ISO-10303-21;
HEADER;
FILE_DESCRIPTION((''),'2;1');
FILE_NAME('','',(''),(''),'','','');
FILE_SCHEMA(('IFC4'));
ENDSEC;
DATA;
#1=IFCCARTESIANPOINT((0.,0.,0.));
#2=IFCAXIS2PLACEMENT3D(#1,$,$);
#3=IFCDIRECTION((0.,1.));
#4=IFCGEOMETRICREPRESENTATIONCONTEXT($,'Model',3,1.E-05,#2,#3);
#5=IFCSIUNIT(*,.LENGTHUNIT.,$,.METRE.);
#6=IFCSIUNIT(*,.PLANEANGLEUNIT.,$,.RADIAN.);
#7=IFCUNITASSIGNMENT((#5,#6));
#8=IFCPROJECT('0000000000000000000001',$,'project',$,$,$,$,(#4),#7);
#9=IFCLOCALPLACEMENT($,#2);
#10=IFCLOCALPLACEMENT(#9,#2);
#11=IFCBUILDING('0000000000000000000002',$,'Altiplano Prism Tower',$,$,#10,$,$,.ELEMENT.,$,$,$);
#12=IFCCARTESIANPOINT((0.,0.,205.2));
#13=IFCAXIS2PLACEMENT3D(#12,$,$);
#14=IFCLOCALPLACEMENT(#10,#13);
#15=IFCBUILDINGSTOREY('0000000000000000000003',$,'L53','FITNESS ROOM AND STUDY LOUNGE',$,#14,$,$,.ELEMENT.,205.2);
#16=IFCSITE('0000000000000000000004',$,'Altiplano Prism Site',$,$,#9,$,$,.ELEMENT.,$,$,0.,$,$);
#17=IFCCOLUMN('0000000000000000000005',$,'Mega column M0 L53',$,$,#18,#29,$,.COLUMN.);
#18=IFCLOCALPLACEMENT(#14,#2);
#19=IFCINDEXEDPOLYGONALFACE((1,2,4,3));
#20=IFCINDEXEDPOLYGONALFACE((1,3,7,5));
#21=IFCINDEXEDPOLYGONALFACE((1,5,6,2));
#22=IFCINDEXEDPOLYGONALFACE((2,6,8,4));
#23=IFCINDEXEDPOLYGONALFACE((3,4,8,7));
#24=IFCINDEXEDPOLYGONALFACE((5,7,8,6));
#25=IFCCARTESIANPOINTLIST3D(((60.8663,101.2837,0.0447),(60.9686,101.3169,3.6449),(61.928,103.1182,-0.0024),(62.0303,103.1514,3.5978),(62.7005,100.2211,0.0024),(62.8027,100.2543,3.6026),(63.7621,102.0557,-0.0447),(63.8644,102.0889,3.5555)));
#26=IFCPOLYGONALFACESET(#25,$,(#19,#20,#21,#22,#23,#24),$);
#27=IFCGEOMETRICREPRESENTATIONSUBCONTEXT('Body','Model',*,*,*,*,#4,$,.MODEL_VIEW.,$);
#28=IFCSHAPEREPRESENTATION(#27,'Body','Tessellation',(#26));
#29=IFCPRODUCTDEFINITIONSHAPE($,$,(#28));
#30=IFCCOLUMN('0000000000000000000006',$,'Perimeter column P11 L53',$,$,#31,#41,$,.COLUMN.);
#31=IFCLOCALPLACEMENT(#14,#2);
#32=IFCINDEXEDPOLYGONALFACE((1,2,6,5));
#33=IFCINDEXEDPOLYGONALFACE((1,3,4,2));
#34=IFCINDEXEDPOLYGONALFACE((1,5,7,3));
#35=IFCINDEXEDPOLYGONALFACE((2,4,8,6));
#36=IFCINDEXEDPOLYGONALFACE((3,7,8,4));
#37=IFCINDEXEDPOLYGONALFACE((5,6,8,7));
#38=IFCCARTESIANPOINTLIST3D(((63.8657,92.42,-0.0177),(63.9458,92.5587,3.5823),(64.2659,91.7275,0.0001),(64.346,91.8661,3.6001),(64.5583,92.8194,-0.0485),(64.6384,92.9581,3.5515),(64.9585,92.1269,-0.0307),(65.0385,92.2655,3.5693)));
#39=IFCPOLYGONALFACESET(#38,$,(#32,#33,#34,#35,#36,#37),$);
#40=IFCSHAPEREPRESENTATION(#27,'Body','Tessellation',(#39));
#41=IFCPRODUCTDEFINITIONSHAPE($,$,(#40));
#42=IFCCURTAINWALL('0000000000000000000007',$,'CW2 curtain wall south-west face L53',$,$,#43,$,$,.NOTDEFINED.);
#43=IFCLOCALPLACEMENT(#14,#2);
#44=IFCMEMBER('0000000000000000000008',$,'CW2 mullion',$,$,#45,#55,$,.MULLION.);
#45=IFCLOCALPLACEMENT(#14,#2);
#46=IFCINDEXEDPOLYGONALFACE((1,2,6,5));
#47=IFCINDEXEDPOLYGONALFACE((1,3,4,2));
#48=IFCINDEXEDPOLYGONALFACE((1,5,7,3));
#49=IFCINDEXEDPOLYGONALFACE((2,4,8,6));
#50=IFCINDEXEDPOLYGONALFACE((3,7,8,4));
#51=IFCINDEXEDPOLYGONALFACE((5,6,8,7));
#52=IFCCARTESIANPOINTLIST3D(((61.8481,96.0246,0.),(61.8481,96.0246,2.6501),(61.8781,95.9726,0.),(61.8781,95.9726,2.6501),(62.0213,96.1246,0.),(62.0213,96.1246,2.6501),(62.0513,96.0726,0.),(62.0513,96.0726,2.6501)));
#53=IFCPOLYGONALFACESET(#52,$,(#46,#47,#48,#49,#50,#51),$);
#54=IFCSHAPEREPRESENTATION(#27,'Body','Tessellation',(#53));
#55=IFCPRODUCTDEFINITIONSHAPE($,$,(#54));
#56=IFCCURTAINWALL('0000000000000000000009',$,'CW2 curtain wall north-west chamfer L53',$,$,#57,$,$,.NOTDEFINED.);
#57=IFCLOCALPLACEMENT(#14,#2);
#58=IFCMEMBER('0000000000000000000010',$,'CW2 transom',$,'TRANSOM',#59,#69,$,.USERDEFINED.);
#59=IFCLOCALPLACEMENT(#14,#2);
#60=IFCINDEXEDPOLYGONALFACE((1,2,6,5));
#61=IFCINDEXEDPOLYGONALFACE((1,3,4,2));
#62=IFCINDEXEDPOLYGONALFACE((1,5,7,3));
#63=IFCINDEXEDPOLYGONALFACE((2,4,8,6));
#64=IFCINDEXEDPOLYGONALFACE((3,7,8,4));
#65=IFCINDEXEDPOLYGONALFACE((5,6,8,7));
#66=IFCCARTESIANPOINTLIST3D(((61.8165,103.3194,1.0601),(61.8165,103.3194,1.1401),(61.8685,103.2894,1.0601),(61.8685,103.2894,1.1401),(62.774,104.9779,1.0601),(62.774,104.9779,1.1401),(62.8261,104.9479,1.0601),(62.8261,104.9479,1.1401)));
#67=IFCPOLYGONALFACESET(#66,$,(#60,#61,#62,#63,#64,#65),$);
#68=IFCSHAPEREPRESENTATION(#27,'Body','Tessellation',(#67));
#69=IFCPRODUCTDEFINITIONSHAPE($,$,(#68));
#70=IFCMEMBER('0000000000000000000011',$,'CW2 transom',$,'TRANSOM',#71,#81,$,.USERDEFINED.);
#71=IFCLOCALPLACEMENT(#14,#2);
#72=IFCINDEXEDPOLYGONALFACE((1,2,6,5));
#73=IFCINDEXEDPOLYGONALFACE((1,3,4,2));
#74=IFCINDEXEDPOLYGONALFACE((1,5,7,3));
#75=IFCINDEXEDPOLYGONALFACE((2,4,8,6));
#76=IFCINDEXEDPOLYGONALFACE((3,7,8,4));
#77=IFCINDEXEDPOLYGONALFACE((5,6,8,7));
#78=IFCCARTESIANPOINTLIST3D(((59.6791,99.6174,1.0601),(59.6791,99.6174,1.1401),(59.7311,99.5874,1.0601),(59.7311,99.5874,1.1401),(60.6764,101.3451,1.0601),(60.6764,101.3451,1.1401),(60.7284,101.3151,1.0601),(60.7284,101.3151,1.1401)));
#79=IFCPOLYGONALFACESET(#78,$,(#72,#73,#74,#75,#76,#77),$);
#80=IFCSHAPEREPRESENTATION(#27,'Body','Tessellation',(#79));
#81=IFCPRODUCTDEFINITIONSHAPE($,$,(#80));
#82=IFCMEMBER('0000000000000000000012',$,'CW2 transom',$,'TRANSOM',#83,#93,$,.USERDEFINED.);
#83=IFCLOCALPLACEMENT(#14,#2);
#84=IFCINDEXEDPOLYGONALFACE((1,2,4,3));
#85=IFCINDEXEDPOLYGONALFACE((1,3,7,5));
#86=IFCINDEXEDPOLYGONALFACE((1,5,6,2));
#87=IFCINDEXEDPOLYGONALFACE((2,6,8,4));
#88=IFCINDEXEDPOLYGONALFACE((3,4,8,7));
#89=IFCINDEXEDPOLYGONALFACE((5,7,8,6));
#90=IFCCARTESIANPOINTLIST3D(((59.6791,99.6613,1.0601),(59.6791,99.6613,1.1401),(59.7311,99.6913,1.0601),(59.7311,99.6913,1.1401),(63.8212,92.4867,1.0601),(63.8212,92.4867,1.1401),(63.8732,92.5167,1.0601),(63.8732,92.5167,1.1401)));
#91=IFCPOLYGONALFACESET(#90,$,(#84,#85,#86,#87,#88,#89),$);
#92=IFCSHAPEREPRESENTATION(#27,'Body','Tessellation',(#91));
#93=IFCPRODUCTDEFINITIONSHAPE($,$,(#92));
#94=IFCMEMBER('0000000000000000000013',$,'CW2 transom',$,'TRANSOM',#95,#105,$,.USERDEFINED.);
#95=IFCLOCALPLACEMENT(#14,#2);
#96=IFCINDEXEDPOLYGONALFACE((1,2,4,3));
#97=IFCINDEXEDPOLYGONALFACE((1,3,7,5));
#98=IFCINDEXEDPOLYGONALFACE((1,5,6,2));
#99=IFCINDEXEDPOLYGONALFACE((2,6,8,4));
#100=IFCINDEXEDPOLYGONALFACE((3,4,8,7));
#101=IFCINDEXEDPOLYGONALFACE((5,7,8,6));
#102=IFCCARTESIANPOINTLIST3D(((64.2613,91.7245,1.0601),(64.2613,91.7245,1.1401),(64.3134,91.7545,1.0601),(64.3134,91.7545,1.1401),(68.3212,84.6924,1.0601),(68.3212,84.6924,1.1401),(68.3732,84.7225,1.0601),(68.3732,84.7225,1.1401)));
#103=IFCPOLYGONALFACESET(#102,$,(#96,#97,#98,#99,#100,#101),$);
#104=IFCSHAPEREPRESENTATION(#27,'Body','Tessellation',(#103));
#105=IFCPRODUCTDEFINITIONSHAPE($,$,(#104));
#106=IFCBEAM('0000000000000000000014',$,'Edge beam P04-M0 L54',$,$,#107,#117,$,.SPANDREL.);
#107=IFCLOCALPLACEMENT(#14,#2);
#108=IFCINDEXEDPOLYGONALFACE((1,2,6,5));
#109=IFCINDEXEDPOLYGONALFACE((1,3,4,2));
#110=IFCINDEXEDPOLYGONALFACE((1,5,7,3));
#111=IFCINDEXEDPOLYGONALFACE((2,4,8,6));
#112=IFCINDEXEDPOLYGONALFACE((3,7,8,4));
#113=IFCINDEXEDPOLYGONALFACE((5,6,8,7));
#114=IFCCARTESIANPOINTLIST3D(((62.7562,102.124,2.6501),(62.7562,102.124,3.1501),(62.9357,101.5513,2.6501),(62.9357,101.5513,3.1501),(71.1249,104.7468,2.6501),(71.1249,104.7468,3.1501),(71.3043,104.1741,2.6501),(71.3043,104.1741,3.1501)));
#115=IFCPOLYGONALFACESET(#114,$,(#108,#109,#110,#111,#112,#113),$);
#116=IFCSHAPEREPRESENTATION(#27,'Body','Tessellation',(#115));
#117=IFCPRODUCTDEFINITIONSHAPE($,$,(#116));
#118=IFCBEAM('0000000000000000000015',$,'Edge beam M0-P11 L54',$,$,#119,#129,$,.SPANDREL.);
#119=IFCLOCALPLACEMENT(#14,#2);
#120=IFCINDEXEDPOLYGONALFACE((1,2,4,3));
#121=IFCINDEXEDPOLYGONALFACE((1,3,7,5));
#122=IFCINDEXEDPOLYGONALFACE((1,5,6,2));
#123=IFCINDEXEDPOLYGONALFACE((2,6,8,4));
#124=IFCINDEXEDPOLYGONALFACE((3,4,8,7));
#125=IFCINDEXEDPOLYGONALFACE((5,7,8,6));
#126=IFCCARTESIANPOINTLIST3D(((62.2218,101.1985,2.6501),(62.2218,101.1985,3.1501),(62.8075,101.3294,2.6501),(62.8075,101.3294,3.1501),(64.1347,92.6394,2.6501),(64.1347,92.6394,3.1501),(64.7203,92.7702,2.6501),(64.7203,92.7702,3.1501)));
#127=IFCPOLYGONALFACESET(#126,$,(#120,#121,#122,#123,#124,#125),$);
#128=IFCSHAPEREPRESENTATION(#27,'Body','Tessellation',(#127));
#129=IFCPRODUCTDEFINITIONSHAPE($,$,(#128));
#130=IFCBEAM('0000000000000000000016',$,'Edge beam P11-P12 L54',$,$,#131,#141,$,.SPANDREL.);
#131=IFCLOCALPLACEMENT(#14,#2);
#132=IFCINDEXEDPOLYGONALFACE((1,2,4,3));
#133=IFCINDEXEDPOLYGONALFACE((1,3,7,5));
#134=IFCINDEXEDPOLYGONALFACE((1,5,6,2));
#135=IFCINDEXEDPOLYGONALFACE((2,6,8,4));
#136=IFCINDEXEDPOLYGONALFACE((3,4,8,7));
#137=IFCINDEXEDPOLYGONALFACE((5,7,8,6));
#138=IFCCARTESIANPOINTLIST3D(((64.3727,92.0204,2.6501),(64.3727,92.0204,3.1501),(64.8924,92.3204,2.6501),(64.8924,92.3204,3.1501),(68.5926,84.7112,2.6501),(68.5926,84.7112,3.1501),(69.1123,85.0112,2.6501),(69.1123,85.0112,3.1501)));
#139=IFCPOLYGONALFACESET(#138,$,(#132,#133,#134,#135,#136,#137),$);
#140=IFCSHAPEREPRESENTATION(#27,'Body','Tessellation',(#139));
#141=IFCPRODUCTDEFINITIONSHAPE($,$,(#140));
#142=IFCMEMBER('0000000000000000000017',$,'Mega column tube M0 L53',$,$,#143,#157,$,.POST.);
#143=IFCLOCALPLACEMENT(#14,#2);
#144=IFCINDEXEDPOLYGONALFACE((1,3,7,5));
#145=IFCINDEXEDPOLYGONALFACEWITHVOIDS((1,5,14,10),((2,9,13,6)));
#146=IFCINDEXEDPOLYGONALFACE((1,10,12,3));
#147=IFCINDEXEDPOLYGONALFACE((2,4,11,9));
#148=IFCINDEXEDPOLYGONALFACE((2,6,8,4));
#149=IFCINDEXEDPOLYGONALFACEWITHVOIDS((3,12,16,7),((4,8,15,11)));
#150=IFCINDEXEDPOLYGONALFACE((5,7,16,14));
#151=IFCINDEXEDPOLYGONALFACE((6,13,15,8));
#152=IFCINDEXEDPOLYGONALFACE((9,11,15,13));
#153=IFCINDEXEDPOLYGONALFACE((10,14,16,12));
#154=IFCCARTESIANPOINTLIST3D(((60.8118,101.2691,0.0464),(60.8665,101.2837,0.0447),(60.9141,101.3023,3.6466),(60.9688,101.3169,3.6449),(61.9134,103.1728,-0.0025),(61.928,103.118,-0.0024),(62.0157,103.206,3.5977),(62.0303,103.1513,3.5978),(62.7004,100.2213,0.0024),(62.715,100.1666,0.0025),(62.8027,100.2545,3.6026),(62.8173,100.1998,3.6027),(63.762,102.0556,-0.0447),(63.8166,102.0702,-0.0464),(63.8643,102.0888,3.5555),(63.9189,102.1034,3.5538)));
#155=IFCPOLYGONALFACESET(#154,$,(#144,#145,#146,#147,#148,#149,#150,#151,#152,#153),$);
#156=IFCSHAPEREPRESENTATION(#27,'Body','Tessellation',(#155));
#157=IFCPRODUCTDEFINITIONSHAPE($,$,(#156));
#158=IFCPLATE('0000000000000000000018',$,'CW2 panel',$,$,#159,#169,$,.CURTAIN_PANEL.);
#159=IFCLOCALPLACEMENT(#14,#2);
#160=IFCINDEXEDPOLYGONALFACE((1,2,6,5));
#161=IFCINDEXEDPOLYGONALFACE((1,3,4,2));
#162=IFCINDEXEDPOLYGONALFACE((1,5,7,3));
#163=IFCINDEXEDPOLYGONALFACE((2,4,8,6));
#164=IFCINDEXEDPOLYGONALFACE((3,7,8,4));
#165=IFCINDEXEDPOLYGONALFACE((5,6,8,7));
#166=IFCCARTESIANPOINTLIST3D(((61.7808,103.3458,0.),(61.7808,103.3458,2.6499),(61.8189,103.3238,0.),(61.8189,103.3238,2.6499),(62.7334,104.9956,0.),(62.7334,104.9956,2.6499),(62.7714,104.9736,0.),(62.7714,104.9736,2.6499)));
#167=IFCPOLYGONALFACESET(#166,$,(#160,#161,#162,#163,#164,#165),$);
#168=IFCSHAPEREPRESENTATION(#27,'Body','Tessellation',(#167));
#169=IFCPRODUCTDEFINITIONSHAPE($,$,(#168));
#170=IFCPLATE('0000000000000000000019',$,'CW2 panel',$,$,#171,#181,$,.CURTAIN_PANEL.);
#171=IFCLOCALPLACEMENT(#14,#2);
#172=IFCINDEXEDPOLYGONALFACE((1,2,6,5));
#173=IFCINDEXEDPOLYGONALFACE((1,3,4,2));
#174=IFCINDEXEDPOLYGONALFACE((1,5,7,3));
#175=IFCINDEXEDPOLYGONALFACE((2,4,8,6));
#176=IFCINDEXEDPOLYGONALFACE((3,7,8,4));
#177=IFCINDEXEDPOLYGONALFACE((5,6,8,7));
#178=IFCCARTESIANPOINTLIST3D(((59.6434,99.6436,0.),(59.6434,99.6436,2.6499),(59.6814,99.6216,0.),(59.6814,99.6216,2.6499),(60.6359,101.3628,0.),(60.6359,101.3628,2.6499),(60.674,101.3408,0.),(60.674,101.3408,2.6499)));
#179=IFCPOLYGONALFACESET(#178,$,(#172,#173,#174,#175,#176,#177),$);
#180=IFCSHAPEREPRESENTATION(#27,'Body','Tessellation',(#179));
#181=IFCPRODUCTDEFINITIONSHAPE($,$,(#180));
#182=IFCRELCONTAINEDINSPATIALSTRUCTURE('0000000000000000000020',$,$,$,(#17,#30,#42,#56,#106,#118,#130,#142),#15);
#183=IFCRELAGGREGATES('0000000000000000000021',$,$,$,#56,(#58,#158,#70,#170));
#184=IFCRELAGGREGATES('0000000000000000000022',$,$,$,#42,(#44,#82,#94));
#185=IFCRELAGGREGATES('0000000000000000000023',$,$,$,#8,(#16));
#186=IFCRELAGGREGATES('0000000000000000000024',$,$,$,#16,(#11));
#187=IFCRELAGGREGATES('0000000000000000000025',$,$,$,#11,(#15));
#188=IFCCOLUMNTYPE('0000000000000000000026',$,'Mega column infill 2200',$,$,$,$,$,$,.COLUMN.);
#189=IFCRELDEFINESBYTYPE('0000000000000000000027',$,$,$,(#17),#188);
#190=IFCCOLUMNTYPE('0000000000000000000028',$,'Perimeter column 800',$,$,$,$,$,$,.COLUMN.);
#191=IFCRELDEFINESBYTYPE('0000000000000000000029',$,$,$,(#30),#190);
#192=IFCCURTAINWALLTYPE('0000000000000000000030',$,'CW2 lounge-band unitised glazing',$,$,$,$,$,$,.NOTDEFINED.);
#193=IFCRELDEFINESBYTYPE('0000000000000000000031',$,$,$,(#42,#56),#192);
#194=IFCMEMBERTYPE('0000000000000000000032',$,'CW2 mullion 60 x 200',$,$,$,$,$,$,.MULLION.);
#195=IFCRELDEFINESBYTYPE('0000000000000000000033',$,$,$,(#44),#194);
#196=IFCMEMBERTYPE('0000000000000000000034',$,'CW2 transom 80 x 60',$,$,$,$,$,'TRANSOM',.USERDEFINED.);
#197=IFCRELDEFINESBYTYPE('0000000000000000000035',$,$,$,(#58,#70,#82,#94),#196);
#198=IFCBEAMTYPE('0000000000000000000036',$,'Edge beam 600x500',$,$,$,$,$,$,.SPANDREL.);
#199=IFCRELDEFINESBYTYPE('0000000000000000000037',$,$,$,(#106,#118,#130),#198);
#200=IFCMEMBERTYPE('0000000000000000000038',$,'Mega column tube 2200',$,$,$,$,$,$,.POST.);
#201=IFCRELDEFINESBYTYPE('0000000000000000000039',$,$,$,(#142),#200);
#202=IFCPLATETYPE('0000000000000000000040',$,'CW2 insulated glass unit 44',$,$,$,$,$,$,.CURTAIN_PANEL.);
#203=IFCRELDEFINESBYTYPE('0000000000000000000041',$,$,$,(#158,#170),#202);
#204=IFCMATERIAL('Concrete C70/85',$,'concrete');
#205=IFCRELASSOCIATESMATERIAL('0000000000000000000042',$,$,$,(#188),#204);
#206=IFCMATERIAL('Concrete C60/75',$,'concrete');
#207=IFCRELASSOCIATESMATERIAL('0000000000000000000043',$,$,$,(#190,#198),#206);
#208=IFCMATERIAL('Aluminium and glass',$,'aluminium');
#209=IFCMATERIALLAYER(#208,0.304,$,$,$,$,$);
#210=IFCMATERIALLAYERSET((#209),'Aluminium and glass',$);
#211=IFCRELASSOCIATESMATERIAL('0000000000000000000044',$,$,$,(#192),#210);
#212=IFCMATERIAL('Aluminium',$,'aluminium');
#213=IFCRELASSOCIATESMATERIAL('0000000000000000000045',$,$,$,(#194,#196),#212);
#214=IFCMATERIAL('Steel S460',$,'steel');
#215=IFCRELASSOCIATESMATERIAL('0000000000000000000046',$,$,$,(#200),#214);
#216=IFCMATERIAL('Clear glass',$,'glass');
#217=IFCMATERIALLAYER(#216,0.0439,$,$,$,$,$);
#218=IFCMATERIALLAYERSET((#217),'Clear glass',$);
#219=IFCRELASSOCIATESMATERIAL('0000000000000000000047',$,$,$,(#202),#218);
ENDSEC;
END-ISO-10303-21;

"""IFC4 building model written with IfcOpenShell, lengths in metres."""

from ifc_helpers import new_model, si_unit, direction, frame, origin, origin_2d, place, context, subcontext, project, spatial, rectangle, hollow_rectangle, extrude, material, layer, layer_set, material_profile, profile_set, type_object, element, aggregate, save


model = new_model("IFC4")

# Units and contexts
model_context = context("Model", 3, precision=1e-05, world=origin(), true_north=direction((0.0, 1.0)))
body_context = subcontext(model_context, "Body", "Model", "MODEL_VIEW")
ifc_project = project(units=[si_unit("LENGTHUNIT", "METRE"), si_unit("PLANEANGLEUNIT", "RADIAN")], contexts=[model_context])

# Site, building, storey
site_placement = place(None, origin())
site = spatial("IfcSite", under=ifc_project, at=site_placement, Name="Altiplano Prism Site", CompositionType="ELEMENT", RefElevation=0.0)
building_placement = place(site_placement, origin())
building = spatial("IfcBuilding", under=site, at=building_placement, Name="Altiplano Prism Tower", CompositionType="ELEMENT")
storey_placement = place(building_placement, frame((0.0, 0.0, 205.2)))
storey = spatial("IfcBuildingStorey", under=building, at=storey_placement, Name="L53", Description="FITNESS ROOM AND STUDY LOUNGE", CompositionType="ELEMENT", Elevation=205.2)

# Columns
ifc_material_1 = material(Name="Concrete C70/85", Category="concrete")
ifc_material_profile_1 = material_profile(ifc_material_1, rectangle(XDim=2.1201, YDim=2.1201, at=origin_2d()), Name="Mega column infill 2200")
ifc_profile_set_1 = profile_set([ifc_material_profile_1], Name="Concrete C70/85")
column_type_1 = type_object("IfcColumnType", Name="Mega column infill 2200", PredefinedType="COLUMN", material=ifc_profile_set_1)
column_1_placement = place(storey_placement, frame((62.3142, 101.6697, 0.0), z_axis=(0.028402, 0.009219, 0.999554), x_axis=(-0.86512, 0.501167, 0.01996)))
element("IfcColumn", 1, at=column_1_placement, inside=storey, type_object=column_type_1, Name="Mega column M0 L53", PredefinedType="COLUMN", context=body_context, shape_type="SweptSolid", body=[
    extrude(rectangle(XDim=2.1201, YDim=2.1201, at=origin_2d()), origin(), (0.0, 0.0, 1.0), 3.6018),
])
ifc_material_2 = material(Name="Concrete C60/75", Category="concrete")
ifc_material_profile_2 = material_profile(ifc_material_2, rectangle(XDim=0.8, YDim=0.8, at=origin_2d()), Name="Perimeter column 800")
ifc_profile_set_2 = profile_set([ifc_material_profile_2], Name="Concrete C60/75")
column_type_2 = type_object("IfcColumnType", Name="Perimeter column 800", PredefinedType="COLUMN", material=ifc_profile_set_2)
column_2_placement = place(storey_placement, frame((64.4121, 92.2734, -0.0242), z_axis=(0.022223, 0.038483, 0.999012), x_axis=(-0.865637, -0.499191, 0.038486)))
element("IfcColumn", 2, at=column_2_placement, inside=storey, type_object=column_type_2, Name="Perimeter column P11 L53", PredefinedType="COLUMN", context=body_context, shape_type="SweptSolid", body=[
    extrude(rectangle(XDim=0.8, YDim=0.8, at=origin_2d()), origin(), (0.0, 0.0, 1.0), 3.6035),
])

# Curtain wall, member
ifc_material_3 = material(Name="Aluminium and glass", Category="aluminium")
ifc_layer_1 = layer(ifc_material_3, 0.304)
ifc_layer_set_1 = layer_set([ifc_layer_1], Name="Aluminium and glass")
curtain_wall_type = type_object("IfcCurtainWallType", Name="CW2 lounge-band unitised glazing", PredefinedType="NOTDEFINED", material=ifc_layer_set_1)
curtain_wall_1_placement = place(storey_placement, origin())
curtain_wall_1 = element("IfcCurtainWall", 3, at=curtain_wall_1_placement, inside=storey, type_object=curtain_wall_type, Name="CW2 curtain wall south-west face L53", PredefinedType="NOTDEFINED")
ifc_material_4 = material(Name="Aluminium", Category="aluminium")
ifc_material_profile_3 = material_profile(ifc_material_4, rectangle(XDim=0.2, YDim=0.0601, at=origin_2d()), Name="CW2 mullion 60 x 200")
ifc_profile_set_3 = profile_set([ifc_material_profile_3], Name="Aluminium")
member_type_1 = type_object("IfcMemberType", Name="CW2 mullion 60 x 200", PredefinedType="MULLION", material=ifc_profile_set_3)
member_1_placement = place(storey_placement, frame((61.9497, 96.0486, 0.0), z_axis=(0.0, 0.0, 1.0), x_axis=(0.866025, 0.5, 0.0)))
member_1 = element("IfcMember", 4, at=member_1_placement, type_object=member_type_1, Name="CW2 mullion", PredefinedType="MULLION", context=body_context, shape_type="SweptSolid", body=[
    extrude(rectangle(XDim=0.2, YDim=0.0601, at=origin_2d()), origin(), (0.0, 0.0, 1.0), 2.6501),
])

# Curtain wall, members
curtain_wall_2_placement = place(storey_placement, origin())
curtain_wall_2 = element("IfcCurtainWall", 5, at=curtain_wall_2_placement, inside=storey, type_object=curtain_wall_type, Name="CW2 curtain wall north-west chamfer L53", PredefinedType="NOTDEFINED")
ifc_material_profile_4 = material_profile(ifc_material_4, rectangle(XDim=0.0601, YDim=0.0801, at=origin_2d()), Name="CW2 transom 80 x 60")
ifc_profile_set_4 = profile_set([ifc_material_profile_4], Name="Aluminium")
member_type_2 = type_object("IfcMemberType", Name="CW2 transom 80 x 60", ElementType="TRANSOM", PredefinedType="USERDEFINED", material=ifc_profile_set_4)
member_2_placement = place(storey_placement, frame((62.8, 104.9629, 1.1001), z_axis=(-0.500006, -0.866022, 0.0), x_axis=(0.866022, -0.500006, 0.0)))
member_2 = element("IfcMember", 6, at=member_2_placement, type_object=member_type_2, Name="CW2 transom", ObjectType="TRANSOM", PredefinedType="USERDEFINED", context=body_context, shape_type="SweptSolid", body=[
    extrude(rectangle(XDim=0.0601, YDim=0.0801, at=origin_2d()), origin(), (0.0, 0.0, 1.0), 1.915),
])
member_3_placement = place(storey_placement, frame((60.7024, 101.3301, 1.1001), z_axis=(-0.499917, -0.866074, 0.0), x_axis=(0.866074, -0.499917, 0.0)))
member_3 = element("IfcMember", 7, at=member_3_placement, type_object=member_type_2, Name="CW2 transom", ObjectType="TRANSOM", PredefinedType="USERDEFINED", context=body_context, shape_type="SweptSolid", body=[
    extrude(rectangle(XDim=0.0601, YDim=0.0801, at=origin_2d()), origin(), (0.0, 0.0, 1.0), 1.9949),
])

# Members
member_4_placement = place(storey_placement, frame((59.7051, 99.6763, 1.1001), z_axis=(0.499987, -0.866033, 0.0), x_axis=(0.866033, 0.499987, 0.0)))
member_4 = element("IfcMember", 8, at=member_4_placement, type_object=member_type_2, Name="CW2 transom", ObjectType="TRANSOM", PredefinedType="USERDEFINED", context=body_context, shape_type="SweptSolid", body=[
    extrude(rectangle(XDim=0.0601, YDim=0.0801, at=origin_2d()), origin(), (0.0, 0.0, 1.0), 8.2844),
])
member_5_placement = place(storey_placement, frame((64.2874, 91.7395, 1.1001), z_axis=(0.499991, -0.866031, 0.0), x_axis=(0.866031, 0.499991, 0.0)))
member_5 = element("IfcMember", 9, at=member_5_placement, type_object=member_type_2, Name="CW2 transom", ObjectType="TRANSOM", PredefinedType="USERDEFINED", context=body_context, shape_type="SweptSolid", body=[
    extrude(rectangle(XDim=0.0601, YDim=0.0801, at=origin_2d()), origin(), (0.0, 0.0, 1.0), 8.1199),
])

# Beams
ifc_material_profile_5 = material_profile(ifc_material_2, rectangle(XDim=0.6001, YDim=0.5, at=origin_2d()), Name="Edge beam 600x500")
ifc_profile_set_5 = profile_set([ifc_material_profile_5], Name="Concrete C60/75")
beam_type = type_object("IfcBeamType", Name="Edge beam 600x500", PredefinedType="SPANDREL", material=ifc_profile_set_5)
beam_1_placement = place(storey_placement, frame((71.2146, 104.4604, 2.9001), z_axis=(-0.954233, -0.299064, 0.0), x_axis=(0.299064, -0.954233, 0.0)))
element("IfcBeam", 10, at=beam_1_placement, inside=storey, type_object=beam_type, Name="Edge beam P04-M0 L54", PredefinedType="SPANDREL", context=body_context, shape_type="SweptSolid", body=[
    extrude(rectangle(XDim=0.6001, YDim=0.5, at=origin_2d()), origin(), (0.0, 0.0, 1.0), 8.77),
])
beam_2_placement = place(storey_placement, frame((62.5146, 101.2639, 2.9001), z_axis=(0.218106, -0.975925, 0.0), x_axis=(0.975925, 0.218106, 0.0)))
element("IfcBeam", 11, at=beam_2_placement, inside=storey, type_object=beam_type, Name="Edge beam M0-P11 L54", PredefinedType="SPANDREL", context=body_context, shape_type="SweptSolid", body=[
    extrude(rectangle(XDim=0.6001, YDim=0.5, at=origin_2d()), origin(), (0.0, 0.0, 1.0), 8.7703),
])
beam_3_placement = place(storey_placement, frame((64.6326, 92.1704, 2.9001), z_axis=(0.499994, -0.866029, 0.0), x_axis=(0.866029, 0.499994, 0.0)))
element("IfcBeam", 12, at=beam_3_placement, inside=storey, type_object=beam_type, Name="Edge beam P11-P12 L54", PredefinedType="SPANDREL", context=body_context, shape_type="SweptSolid", body=[
    extrude(rectangle(XDim=0.6001, YDim=0.5, at=origin_2d()), origin(), (0.0, 0.0, 1.0), 8.4399),
])

# Member
ifc_material_5 = material(Name="Steel S460", Category="steel")
ifc_material_profile_6 = material_profile(ifc_material_5, hollow_rectangle(XDim=2.2, YDim=2.2, WallThickness=0.04, at=origin_2d()), Name="Mega column tube 2200")
ifc_profile_set_6 = profile_set([ifc_material_profile_6], Name="Steel S460")
member_type_3 = type_object("IfcMemberType", Name="Mega column tube 2200", PredefinedType="POST", material=ifc_profile_set_6)
member_6_placement = place(storey_placement, frame((62.3142, 101.6697, 0.0), z_axis=(0.028402, 0.009219, 0.999554), x_axis=(-0.86512, 0.501167, 0.01996)))
element("IfcMember", 13, at=member_6_placement, inside=storey, type_object=member_type_3, Name="Mega column tube M0 L53", PredefinedType="POST", context=body_context, shape_type="SweptSolid", body=[
    extrude(hollow_rectangle(XDim=2.2, YDim=2.2, WallThickness=0.04, at=origin_2d()), origin(), (0.0, 0.0, 1.0), 3.6018),
])

# Plates
ifc_material_6 = material(Name="Clear glass", Category="glass")
ifc_layer_2 = layer(ifc_material_6, 0.0439)
ifc_layer_set_2 = layer_set([ifc_layer_2], Name="Clear glass")
plate_type = type_object("IfcPlateType", Name="CW2 insulated glass unit 44", PredefinedType="CURTAIN_PANEL", material=ifc_layer_set_2)
plate_1_placement = place(storey_placement, frame((62.2761, 104.1597, 0.0), z_axis=(0.0, 0.0, 1.0), x_axis=(-0.5, -0.866025, 0.0)))
plate_1 = element("IfcPlate", 14, at=plate_1_placement, type_object=plate_type, Name="CW2 panel", PredefinedType="CURTAIN_PANEL", context=body_context, shape_type="SweptSolid", body=[
    extrude(rectangle(XDim=1.905, YDim=0.0439, at=origin_2d()), origin(), (0.0, 0.0, 1.0), 2.6499),
])
plate_2_placement = place(storey_placement, frame((60.1587, 100.4922, 0.0), z_axis=(0.0, 0.0, 1.0), x_axis=(-0.5, -0.866025, 0.0)))
plate_2 = element("IfcPlate", 15, at=plate_2_placement, type_object=plate_type, Name="CW2 panel", PredefinedType="CURTAIN_PANEL", context=body_context, shape_type="SweptSolid", body=[
    extrude(rectangle(XDim=1.9851, YDim=0.0439, at=origin_2d()), origin(), (0.0, 0.0, 1.0), 2.6499),
])
aggregate(curtain_wall_2, [member_2, plate_1, member_3, plate_2])
aggregate(curtain_wall_1, [member_1, member_4, member_5])

save(model, "model.ifc")
